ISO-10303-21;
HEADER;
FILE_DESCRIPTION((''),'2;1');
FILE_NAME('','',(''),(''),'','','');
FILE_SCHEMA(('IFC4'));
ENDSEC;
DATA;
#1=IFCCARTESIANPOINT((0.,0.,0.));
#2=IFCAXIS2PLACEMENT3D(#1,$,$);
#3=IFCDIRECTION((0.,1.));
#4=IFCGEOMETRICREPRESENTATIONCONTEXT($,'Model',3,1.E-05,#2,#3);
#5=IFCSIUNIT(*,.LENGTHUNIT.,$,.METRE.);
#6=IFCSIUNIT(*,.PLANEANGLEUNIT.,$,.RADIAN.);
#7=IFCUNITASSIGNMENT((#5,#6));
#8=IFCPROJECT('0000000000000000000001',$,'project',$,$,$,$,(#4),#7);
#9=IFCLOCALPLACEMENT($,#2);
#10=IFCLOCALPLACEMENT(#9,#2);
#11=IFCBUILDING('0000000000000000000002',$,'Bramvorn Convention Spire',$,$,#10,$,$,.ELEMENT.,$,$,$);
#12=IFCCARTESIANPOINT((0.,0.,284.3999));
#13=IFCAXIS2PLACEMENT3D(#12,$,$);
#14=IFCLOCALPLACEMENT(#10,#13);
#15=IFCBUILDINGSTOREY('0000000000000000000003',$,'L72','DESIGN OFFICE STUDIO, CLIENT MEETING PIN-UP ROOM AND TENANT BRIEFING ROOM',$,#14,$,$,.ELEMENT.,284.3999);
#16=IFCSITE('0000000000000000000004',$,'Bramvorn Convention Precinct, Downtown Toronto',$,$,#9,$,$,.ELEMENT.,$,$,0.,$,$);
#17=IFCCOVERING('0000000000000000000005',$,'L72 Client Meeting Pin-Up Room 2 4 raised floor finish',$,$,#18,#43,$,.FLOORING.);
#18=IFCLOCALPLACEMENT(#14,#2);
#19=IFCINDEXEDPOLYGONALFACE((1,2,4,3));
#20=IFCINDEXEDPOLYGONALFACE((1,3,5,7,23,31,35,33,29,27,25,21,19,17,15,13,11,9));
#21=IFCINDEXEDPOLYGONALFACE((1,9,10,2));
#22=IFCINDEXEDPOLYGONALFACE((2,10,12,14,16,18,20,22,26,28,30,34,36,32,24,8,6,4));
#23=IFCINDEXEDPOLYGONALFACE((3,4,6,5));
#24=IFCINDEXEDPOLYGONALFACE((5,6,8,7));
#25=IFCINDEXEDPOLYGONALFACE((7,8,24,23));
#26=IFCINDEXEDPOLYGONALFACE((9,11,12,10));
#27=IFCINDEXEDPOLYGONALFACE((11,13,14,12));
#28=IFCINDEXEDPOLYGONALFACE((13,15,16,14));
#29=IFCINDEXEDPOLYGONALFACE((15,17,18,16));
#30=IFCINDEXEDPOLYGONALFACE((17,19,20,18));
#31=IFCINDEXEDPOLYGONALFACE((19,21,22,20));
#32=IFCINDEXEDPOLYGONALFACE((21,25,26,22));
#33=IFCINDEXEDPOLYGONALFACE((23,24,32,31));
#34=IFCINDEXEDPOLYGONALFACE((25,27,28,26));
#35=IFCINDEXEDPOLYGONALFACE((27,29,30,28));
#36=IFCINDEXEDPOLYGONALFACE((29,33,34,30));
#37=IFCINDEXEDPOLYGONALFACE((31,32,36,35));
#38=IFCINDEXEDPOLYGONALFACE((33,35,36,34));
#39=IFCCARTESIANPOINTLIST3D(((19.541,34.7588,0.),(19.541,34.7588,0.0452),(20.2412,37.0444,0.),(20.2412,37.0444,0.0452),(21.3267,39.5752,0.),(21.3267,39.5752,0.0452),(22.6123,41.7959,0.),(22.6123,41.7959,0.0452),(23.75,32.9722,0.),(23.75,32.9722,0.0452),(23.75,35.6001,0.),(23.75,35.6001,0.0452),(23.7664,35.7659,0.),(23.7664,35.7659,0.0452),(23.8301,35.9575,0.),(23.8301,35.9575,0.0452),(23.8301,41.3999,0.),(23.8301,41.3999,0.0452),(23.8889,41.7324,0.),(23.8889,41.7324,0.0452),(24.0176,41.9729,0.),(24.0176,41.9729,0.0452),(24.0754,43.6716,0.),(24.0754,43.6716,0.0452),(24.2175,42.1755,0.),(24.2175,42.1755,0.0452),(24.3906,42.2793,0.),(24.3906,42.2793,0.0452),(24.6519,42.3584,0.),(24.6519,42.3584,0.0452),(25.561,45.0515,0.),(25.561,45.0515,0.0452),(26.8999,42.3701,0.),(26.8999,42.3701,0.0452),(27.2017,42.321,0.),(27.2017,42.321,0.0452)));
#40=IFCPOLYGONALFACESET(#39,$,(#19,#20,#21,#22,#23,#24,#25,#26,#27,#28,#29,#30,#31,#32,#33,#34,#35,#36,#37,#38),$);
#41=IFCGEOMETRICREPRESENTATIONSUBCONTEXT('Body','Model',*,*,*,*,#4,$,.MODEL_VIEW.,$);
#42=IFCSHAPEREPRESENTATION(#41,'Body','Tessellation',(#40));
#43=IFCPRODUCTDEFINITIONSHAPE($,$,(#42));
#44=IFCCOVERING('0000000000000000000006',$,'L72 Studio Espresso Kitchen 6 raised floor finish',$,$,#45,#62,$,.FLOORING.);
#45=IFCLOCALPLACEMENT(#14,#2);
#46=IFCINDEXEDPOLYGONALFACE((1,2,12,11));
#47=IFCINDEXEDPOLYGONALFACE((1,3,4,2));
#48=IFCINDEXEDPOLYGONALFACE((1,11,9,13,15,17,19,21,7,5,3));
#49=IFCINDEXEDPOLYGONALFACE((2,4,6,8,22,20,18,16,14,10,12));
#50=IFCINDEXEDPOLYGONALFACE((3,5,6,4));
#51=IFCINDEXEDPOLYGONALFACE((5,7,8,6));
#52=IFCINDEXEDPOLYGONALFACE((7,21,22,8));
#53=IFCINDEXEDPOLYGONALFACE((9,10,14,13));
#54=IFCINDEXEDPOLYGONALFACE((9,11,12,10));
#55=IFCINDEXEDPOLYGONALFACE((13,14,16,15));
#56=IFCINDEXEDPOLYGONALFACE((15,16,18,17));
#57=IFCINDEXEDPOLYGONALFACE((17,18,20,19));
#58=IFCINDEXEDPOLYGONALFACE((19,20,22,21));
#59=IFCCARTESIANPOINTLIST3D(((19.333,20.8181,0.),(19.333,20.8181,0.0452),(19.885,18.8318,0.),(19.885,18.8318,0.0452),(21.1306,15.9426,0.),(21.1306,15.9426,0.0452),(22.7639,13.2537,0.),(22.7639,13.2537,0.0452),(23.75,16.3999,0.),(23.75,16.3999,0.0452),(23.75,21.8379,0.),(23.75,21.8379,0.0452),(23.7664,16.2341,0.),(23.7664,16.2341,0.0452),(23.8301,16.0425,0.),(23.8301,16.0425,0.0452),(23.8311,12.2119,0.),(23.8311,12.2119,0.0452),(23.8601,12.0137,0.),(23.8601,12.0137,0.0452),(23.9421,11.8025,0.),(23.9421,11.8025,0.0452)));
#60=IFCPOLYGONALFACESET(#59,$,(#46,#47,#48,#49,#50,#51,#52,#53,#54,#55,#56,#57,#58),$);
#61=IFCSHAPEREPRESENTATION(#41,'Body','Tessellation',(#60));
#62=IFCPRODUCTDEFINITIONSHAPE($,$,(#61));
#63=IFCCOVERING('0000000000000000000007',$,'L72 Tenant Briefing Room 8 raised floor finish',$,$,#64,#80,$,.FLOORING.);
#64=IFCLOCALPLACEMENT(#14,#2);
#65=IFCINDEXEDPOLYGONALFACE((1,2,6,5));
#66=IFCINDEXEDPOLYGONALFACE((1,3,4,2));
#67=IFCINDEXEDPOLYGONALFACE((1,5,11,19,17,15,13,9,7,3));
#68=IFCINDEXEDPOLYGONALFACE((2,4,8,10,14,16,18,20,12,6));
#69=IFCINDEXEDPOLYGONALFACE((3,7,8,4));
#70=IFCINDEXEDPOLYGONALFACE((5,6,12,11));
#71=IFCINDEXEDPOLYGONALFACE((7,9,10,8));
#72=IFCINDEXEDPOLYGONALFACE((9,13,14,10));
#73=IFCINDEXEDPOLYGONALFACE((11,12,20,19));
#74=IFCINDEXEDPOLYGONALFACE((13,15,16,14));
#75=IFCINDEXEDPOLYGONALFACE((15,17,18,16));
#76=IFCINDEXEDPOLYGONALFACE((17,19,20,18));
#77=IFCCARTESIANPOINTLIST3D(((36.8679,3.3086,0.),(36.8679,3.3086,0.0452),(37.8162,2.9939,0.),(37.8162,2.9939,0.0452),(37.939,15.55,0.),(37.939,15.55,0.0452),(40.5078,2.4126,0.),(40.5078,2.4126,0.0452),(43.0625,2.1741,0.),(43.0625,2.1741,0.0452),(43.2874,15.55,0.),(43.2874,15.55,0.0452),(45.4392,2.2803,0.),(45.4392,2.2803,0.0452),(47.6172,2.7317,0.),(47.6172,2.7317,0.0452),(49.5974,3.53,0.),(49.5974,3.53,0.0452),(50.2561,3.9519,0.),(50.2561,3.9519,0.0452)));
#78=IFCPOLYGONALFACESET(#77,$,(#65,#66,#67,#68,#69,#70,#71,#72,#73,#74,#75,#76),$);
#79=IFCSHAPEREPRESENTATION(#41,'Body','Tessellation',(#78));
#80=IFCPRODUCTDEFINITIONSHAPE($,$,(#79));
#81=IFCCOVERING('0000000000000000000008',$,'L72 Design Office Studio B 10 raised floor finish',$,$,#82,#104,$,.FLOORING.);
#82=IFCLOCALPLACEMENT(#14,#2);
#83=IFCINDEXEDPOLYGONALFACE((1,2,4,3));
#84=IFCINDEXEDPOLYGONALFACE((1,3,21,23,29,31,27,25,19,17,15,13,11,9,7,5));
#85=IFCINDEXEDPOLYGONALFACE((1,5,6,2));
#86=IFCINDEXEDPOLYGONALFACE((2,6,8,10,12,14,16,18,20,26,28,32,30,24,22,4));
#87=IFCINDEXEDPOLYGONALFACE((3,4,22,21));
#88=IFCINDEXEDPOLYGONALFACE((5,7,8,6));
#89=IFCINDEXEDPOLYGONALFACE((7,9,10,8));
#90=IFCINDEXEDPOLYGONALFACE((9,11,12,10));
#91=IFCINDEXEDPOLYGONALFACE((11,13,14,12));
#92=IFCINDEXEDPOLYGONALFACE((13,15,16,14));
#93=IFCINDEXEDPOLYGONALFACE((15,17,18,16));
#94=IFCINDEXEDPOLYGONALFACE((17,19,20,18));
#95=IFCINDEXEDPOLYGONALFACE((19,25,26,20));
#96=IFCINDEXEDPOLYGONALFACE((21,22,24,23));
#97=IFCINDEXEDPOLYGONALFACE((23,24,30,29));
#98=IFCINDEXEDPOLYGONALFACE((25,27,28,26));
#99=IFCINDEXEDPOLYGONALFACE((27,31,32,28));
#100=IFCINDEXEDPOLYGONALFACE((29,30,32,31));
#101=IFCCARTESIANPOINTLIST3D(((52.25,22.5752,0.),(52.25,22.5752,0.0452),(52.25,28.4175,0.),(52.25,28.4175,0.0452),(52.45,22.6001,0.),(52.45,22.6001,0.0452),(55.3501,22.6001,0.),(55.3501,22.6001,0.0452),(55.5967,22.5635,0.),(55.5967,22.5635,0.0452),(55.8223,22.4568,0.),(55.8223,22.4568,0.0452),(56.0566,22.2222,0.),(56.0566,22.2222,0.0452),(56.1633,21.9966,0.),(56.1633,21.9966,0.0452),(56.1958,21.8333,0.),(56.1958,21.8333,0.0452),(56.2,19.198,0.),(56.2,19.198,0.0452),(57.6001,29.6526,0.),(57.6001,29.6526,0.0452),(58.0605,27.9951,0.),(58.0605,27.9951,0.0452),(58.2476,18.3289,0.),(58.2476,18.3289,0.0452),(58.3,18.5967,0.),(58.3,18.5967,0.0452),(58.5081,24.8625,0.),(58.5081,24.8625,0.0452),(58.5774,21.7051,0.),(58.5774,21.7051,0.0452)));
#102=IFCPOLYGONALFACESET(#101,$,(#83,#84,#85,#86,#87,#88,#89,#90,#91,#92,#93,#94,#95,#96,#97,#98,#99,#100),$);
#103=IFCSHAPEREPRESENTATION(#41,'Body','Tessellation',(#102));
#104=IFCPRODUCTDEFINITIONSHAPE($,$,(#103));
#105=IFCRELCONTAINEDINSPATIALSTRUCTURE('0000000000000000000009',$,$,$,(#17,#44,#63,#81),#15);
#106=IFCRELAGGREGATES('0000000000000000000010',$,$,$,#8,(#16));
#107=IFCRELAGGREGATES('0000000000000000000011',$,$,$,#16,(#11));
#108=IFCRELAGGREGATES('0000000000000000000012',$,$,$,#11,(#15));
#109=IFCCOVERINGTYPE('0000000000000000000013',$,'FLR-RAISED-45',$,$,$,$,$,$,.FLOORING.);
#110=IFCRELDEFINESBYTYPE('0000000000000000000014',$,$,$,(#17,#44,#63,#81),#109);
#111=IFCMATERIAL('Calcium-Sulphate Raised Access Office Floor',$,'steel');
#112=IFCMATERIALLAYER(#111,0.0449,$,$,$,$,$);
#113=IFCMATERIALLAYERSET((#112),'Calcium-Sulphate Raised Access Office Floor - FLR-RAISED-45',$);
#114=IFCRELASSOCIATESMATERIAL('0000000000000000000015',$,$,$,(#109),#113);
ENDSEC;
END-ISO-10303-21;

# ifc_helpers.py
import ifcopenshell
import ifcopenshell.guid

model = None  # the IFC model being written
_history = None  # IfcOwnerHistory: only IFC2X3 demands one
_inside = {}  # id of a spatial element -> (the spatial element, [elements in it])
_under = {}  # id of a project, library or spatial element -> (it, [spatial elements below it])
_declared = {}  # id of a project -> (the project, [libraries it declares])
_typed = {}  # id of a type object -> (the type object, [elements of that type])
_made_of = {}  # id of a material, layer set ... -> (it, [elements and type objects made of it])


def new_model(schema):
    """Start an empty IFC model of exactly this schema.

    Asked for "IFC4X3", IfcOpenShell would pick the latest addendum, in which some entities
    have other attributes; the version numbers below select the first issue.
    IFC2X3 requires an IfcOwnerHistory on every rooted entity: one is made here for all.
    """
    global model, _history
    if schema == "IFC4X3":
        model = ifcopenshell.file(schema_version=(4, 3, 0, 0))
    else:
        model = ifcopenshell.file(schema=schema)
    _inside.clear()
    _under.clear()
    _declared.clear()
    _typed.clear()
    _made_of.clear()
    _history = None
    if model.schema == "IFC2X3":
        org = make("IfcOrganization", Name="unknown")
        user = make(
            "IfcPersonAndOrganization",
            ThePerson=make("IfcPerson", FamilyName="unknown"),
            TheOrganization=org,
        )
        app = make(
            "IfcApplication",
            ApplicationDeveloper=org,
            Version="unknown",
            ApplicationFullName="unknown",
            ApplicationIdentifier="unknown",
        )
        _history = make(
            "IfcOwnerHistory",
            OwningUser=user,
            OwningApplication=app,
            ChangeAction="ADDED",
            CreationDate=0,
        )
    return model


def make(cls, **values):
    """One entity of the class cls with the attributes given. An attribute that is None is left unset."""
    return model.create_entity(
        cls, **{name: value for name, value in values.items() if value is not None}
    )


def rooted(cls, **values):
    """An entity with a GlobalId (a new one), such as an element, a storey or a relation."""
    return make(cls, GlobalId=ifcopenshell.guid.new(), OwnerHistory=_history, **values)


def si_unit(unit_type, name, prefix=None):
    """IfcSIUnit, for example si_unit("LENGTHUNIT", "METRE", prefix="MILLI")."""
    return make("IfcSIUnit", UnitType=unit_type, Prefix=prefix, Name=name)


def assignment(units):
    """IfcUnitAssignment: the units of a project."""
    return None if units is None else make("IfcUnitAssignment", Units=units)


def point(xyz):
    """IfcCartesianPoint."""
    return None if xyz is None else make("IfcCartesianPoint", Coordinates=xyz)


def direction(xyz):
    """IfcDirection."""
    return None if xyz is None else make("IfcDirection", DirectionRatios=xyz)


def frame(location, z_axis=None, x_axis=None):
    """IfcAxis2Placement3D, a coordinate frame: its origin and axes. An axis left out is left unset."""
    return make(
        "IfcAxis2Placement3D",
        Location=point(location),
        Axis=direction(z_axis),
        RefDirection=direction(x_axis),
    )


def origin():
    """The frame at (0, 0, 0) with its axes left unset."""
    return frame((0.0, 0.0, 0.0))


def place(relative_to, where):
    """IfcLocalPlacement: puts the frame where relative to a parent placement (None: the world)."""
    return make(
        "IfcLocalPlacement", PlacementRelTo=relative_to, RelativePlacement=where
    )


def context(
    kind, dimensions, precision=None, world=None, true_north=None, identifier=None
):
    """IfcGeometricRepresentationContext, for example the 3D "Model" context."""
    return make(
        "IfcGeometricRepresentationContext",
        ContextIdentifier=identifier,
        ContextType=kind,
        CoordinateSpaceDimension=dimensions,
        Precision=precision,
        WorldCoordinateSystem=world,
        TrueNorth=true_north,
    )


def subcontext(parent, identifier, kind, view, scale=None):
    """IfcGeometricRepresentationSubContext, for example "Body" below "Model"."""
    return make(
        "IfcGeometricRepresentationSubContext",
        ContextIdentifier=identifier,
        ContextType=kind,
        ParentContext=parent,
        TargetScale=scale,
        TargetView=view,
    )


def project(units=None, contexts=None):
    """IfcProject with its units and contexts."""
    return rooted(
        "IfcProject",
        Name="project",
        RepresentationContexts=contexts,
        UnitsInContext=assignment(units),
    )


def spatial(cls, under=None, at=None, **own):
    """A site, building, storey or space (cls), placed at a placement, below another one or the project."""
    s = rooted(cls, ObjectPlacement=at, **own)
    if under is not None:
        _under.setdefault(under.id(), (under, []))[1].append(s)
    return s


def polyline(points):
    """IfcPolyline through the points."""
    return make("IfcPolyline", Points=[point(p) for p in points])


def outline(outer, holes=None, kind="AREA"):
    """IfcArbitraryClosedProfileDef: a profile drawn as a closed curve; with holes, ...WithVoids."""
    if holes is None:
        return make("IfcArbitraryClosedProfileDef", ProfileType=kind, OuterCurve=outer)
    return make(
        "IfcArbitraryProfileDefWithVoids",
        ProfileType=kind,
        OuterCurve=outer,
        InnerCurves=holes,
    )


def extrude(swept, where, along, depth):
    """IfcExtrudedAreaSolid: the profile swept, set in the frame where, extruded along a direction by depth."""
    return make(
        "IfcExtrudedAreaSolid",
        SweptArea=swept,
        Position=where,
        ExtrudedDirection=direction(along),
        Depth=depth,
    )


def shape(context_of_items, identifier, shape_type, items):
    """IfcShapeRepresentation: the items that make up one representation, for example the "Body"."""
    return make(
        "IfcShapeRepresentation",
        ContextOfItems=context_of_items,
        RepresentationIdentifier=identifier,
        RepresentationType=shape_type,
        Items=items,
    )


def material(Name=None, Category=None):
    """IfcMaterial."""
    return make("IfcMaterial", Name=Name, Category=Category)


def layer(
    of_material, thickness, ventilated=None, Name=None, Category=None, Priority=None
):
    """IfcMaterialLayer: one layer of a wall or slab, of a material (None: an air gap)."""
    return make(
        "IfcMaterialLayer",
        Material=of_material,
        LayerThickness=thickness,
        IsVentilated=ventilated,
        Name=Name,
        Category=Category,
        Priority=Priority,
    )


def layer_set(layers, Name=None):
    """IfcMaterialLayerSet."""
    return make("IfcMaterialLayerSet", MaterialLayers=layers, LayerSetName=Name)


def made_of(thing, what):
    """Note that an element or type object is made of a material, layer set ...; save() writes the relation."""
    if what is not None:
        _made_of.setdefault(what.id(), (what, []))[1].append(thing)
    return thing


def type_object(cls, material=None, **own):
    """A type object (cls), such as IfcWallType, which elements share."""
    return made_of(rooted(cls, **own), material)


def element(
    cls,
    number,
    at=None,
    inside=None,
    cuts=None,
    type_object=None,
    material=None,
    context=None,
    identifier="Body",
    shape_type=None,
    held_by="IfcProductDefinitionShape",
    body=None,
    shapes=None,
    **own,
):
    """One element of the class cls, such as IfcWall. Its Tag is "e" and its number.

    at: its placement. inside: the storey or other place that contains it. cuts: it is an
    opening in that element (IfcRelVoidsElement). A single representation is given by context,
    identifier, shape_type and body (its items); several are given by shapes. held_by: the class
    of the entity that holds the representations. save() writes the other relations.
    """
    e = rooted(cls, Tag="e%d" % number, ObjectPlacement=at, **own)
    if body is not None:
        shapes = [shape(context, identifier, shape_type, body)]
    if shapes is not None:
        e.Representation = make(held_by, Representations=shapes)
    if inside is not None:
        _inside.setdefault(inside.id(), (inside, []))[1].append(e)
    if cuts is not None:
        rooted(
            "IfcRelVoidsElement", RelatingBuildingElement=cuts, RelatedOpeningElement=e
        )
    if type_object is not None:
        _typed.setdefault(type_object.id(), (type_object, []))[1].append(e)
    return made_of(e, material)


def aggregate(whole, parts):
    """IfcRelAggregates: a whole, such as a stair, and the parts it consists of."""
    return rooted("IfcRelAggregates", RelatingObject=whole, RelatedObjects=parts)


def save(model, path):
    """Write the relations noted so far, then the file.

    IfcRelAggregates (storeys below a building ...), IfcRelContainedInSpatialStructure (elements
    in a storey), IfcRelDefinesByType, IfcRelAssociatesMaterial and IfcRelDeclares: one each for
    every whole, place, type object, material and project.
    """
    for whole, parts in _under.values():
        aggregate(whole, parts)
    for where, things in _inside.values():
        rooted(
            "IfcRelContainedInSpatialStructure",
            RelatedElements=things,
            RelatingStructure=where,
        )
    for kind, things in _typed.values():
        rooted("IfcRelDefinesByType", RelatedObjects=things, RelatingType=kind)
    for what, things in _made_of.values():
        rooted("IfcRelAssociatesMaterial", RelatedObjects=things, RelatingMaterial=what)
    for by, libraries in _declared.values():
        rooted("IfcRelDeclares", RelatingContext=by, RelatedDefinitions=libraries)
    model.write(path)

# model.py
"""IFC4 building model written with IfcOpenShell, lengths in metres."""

from ifc_helpers import new_model, si_unit, direction, frame, origin, place, context, subcontext, project, spatial, polyline, outline, extrude, material, layer, layer_set, type_object, element, save


model = new_model("IFC4")

# Units and contexts
model_context = context("Model", 3, precision=1e-05, world=origin(), true_north=direction((0.0, 1.0)))
body_context = subcontext(model_context, "Body", "Model", "MODEL_VIEW")
ifc_project = project(units=[si_unit("LENGTHUNIT", "METRE"), si_unit("PLANEANGLEUNIT", "RADIAN")], contexts=[model_context])

# Site, building, storey
site_placement = place(None, origin())
site = spatial("IfcSite", under=ifc_project, at=site_placement, Name="Bramvorn Convention Precinct, Downtown Toronto", CompositionType="ELEMENT", RefElevation=0.0)
building_placement = place(site_placement, origin())
building = spatial("IfcBuilding", under=site, at=building_placement, Name="Bramvorn Convention Spire", CompositionType="ELEMENT")
storey_placement = place(building_placement, frame((0.0, 0.0, 284.3999)))
storey = spatial("IfcBuildingStorey", under=building, at=storey_placement, Name="L72", Description="DESIGN OFFICE STUDIO, CLIENT MEETING PIN-UP ROOM AND TENANT BRIEFING ROOM", CompositionType="ELEMENT", Elevation=284.3999)

# Coverings
ifc_material_1 = material(Name="Calcium-Sulphate Raised Access Office Floor", Category="steel")
ifc_layer_1 = layer(ifc_material_1, 0.0449)
ifc_layer_set_1 = layer_set([ifc_layer_1], Name="Calcium-Sulphate Raised Access Office Floor - FLR-RAISED-45")
covering_type = type_object("IfcCoveringType", Name="FLR-RAISED-45", PredefinedType="FLOORING", material=ifc_layer_set_1)
covering_1_placement = place(storey_placement, origin())
element("IfcCovering", 1, at=covering_1_placement, inside=storey, type_object=covering_type, Name="L72 Client Meeting Pin-Up Room 2 4 raised floor finish", PredefinedType="FLOORING", context=body_context, shape_type="SweptSolid", body=[
    extrude(outline(polyline([(23.75, 32.9722), (23.75, 35.6001), (23.7664, 35.7659), (23.8301, 35.9575), (23.8301, 41.3999), (23.8889, 41.7324), (24.0176, 41.9729), (24.2175, 42.1755), (24.3906, 42.2793), (24.6519, 42.3584), (26.8999, 42.3701), (27.2017, 42.321), (25.561, 45.0515), (24.0754, 43.6716), (22.6123, 41.7959), (21.3267, 39.5752), (20.2412, 37.0444), (19.541, 34.7588), (23.75, 32.9722)])), origin(), (0.0, 0.0, 1.0), 0.0452),
])
covering_2_placement = place(storey_placement, origin())
element("IfcCovering", 2, at=covering_2_placement, inside=storey, type_object=covering_type, Name="L72 Studio Espresso Kitchen 6 raised floor finish", PredefinedType="FLOORING", context=body_context, shape_type="SweptSolid", body=[
    extrude(outline(polyline([(23.9421, 11.8025), (23.8601, 12.0137), (23.8311, 12.2119), (23.8301, 16.0425), (23.7664, 16.2341), (23.75, 16.3999), (23.75, 21.8379), (19.333, 20.8181), (19.885, 18.8318), (21.1306, 15.9426), (22.7639, 13.2537), (23.9421, 11.8025)])), origin(), (0.0, 0.0, 1.0), 0.0452),
])
covering_3_placement = place(storey_placement, origin())
element("IfcCovering", 3, at=covering_3_placement, inside=storey, type_object=covering_type, Name="L72 Tenant Briefing Room 8 raised floor finish", PredefinedType="FLOORING", context=body_context, shape_type="SweptSolid", body=[
    extrude(outline(polyline([(43.0625, 2.1741), (45.4392, 2.2803), (47.6172, 2.7317), (49.5974, 3.53), (50.2561, 3.9519), (43.2874, 15.55), (37.939, 15.55), (36.8679, 3.3086), (37.8162, 2.9939), (40.5078, 2.4126), (43.0625, 2.1741)])), origin(), (0.0, 0.0, 1.0), 0.0452),
])
covering_4_placement = place(storey_placement, origin())
element("IfcCovering", 4, at=covering_4_placement, inside=storey, type_object=covering_type, Name="L72 Design Office Studio B 10 raised floor finish", PredefinedType="FLOORING", context=body_context, shape_type="SweptSolid", body=[
    extrude(outline(polyline([(52.45, 22.6001), (55.3501, 22.6001), (55.5967, 22.5635), (55.8223, 22.4568), (56.0566, 22.2222), (56.1633, 21.9966), (56.1958, 21.8333), (56.2, 19.198), (58.2476, 18.3289), (58.3, 18.5967), (58.5774, 21.7051), (58.5081, 24.8625), (58.0605, 27.9951), (57.6001, 29.6526), (52.25, 28.4175), (52.25, 22.5752), (52.45, 22.6001)])), origin(), (0.0, 0.0, 1.0), 0.0452),
])

save(model, "model.ifc")
